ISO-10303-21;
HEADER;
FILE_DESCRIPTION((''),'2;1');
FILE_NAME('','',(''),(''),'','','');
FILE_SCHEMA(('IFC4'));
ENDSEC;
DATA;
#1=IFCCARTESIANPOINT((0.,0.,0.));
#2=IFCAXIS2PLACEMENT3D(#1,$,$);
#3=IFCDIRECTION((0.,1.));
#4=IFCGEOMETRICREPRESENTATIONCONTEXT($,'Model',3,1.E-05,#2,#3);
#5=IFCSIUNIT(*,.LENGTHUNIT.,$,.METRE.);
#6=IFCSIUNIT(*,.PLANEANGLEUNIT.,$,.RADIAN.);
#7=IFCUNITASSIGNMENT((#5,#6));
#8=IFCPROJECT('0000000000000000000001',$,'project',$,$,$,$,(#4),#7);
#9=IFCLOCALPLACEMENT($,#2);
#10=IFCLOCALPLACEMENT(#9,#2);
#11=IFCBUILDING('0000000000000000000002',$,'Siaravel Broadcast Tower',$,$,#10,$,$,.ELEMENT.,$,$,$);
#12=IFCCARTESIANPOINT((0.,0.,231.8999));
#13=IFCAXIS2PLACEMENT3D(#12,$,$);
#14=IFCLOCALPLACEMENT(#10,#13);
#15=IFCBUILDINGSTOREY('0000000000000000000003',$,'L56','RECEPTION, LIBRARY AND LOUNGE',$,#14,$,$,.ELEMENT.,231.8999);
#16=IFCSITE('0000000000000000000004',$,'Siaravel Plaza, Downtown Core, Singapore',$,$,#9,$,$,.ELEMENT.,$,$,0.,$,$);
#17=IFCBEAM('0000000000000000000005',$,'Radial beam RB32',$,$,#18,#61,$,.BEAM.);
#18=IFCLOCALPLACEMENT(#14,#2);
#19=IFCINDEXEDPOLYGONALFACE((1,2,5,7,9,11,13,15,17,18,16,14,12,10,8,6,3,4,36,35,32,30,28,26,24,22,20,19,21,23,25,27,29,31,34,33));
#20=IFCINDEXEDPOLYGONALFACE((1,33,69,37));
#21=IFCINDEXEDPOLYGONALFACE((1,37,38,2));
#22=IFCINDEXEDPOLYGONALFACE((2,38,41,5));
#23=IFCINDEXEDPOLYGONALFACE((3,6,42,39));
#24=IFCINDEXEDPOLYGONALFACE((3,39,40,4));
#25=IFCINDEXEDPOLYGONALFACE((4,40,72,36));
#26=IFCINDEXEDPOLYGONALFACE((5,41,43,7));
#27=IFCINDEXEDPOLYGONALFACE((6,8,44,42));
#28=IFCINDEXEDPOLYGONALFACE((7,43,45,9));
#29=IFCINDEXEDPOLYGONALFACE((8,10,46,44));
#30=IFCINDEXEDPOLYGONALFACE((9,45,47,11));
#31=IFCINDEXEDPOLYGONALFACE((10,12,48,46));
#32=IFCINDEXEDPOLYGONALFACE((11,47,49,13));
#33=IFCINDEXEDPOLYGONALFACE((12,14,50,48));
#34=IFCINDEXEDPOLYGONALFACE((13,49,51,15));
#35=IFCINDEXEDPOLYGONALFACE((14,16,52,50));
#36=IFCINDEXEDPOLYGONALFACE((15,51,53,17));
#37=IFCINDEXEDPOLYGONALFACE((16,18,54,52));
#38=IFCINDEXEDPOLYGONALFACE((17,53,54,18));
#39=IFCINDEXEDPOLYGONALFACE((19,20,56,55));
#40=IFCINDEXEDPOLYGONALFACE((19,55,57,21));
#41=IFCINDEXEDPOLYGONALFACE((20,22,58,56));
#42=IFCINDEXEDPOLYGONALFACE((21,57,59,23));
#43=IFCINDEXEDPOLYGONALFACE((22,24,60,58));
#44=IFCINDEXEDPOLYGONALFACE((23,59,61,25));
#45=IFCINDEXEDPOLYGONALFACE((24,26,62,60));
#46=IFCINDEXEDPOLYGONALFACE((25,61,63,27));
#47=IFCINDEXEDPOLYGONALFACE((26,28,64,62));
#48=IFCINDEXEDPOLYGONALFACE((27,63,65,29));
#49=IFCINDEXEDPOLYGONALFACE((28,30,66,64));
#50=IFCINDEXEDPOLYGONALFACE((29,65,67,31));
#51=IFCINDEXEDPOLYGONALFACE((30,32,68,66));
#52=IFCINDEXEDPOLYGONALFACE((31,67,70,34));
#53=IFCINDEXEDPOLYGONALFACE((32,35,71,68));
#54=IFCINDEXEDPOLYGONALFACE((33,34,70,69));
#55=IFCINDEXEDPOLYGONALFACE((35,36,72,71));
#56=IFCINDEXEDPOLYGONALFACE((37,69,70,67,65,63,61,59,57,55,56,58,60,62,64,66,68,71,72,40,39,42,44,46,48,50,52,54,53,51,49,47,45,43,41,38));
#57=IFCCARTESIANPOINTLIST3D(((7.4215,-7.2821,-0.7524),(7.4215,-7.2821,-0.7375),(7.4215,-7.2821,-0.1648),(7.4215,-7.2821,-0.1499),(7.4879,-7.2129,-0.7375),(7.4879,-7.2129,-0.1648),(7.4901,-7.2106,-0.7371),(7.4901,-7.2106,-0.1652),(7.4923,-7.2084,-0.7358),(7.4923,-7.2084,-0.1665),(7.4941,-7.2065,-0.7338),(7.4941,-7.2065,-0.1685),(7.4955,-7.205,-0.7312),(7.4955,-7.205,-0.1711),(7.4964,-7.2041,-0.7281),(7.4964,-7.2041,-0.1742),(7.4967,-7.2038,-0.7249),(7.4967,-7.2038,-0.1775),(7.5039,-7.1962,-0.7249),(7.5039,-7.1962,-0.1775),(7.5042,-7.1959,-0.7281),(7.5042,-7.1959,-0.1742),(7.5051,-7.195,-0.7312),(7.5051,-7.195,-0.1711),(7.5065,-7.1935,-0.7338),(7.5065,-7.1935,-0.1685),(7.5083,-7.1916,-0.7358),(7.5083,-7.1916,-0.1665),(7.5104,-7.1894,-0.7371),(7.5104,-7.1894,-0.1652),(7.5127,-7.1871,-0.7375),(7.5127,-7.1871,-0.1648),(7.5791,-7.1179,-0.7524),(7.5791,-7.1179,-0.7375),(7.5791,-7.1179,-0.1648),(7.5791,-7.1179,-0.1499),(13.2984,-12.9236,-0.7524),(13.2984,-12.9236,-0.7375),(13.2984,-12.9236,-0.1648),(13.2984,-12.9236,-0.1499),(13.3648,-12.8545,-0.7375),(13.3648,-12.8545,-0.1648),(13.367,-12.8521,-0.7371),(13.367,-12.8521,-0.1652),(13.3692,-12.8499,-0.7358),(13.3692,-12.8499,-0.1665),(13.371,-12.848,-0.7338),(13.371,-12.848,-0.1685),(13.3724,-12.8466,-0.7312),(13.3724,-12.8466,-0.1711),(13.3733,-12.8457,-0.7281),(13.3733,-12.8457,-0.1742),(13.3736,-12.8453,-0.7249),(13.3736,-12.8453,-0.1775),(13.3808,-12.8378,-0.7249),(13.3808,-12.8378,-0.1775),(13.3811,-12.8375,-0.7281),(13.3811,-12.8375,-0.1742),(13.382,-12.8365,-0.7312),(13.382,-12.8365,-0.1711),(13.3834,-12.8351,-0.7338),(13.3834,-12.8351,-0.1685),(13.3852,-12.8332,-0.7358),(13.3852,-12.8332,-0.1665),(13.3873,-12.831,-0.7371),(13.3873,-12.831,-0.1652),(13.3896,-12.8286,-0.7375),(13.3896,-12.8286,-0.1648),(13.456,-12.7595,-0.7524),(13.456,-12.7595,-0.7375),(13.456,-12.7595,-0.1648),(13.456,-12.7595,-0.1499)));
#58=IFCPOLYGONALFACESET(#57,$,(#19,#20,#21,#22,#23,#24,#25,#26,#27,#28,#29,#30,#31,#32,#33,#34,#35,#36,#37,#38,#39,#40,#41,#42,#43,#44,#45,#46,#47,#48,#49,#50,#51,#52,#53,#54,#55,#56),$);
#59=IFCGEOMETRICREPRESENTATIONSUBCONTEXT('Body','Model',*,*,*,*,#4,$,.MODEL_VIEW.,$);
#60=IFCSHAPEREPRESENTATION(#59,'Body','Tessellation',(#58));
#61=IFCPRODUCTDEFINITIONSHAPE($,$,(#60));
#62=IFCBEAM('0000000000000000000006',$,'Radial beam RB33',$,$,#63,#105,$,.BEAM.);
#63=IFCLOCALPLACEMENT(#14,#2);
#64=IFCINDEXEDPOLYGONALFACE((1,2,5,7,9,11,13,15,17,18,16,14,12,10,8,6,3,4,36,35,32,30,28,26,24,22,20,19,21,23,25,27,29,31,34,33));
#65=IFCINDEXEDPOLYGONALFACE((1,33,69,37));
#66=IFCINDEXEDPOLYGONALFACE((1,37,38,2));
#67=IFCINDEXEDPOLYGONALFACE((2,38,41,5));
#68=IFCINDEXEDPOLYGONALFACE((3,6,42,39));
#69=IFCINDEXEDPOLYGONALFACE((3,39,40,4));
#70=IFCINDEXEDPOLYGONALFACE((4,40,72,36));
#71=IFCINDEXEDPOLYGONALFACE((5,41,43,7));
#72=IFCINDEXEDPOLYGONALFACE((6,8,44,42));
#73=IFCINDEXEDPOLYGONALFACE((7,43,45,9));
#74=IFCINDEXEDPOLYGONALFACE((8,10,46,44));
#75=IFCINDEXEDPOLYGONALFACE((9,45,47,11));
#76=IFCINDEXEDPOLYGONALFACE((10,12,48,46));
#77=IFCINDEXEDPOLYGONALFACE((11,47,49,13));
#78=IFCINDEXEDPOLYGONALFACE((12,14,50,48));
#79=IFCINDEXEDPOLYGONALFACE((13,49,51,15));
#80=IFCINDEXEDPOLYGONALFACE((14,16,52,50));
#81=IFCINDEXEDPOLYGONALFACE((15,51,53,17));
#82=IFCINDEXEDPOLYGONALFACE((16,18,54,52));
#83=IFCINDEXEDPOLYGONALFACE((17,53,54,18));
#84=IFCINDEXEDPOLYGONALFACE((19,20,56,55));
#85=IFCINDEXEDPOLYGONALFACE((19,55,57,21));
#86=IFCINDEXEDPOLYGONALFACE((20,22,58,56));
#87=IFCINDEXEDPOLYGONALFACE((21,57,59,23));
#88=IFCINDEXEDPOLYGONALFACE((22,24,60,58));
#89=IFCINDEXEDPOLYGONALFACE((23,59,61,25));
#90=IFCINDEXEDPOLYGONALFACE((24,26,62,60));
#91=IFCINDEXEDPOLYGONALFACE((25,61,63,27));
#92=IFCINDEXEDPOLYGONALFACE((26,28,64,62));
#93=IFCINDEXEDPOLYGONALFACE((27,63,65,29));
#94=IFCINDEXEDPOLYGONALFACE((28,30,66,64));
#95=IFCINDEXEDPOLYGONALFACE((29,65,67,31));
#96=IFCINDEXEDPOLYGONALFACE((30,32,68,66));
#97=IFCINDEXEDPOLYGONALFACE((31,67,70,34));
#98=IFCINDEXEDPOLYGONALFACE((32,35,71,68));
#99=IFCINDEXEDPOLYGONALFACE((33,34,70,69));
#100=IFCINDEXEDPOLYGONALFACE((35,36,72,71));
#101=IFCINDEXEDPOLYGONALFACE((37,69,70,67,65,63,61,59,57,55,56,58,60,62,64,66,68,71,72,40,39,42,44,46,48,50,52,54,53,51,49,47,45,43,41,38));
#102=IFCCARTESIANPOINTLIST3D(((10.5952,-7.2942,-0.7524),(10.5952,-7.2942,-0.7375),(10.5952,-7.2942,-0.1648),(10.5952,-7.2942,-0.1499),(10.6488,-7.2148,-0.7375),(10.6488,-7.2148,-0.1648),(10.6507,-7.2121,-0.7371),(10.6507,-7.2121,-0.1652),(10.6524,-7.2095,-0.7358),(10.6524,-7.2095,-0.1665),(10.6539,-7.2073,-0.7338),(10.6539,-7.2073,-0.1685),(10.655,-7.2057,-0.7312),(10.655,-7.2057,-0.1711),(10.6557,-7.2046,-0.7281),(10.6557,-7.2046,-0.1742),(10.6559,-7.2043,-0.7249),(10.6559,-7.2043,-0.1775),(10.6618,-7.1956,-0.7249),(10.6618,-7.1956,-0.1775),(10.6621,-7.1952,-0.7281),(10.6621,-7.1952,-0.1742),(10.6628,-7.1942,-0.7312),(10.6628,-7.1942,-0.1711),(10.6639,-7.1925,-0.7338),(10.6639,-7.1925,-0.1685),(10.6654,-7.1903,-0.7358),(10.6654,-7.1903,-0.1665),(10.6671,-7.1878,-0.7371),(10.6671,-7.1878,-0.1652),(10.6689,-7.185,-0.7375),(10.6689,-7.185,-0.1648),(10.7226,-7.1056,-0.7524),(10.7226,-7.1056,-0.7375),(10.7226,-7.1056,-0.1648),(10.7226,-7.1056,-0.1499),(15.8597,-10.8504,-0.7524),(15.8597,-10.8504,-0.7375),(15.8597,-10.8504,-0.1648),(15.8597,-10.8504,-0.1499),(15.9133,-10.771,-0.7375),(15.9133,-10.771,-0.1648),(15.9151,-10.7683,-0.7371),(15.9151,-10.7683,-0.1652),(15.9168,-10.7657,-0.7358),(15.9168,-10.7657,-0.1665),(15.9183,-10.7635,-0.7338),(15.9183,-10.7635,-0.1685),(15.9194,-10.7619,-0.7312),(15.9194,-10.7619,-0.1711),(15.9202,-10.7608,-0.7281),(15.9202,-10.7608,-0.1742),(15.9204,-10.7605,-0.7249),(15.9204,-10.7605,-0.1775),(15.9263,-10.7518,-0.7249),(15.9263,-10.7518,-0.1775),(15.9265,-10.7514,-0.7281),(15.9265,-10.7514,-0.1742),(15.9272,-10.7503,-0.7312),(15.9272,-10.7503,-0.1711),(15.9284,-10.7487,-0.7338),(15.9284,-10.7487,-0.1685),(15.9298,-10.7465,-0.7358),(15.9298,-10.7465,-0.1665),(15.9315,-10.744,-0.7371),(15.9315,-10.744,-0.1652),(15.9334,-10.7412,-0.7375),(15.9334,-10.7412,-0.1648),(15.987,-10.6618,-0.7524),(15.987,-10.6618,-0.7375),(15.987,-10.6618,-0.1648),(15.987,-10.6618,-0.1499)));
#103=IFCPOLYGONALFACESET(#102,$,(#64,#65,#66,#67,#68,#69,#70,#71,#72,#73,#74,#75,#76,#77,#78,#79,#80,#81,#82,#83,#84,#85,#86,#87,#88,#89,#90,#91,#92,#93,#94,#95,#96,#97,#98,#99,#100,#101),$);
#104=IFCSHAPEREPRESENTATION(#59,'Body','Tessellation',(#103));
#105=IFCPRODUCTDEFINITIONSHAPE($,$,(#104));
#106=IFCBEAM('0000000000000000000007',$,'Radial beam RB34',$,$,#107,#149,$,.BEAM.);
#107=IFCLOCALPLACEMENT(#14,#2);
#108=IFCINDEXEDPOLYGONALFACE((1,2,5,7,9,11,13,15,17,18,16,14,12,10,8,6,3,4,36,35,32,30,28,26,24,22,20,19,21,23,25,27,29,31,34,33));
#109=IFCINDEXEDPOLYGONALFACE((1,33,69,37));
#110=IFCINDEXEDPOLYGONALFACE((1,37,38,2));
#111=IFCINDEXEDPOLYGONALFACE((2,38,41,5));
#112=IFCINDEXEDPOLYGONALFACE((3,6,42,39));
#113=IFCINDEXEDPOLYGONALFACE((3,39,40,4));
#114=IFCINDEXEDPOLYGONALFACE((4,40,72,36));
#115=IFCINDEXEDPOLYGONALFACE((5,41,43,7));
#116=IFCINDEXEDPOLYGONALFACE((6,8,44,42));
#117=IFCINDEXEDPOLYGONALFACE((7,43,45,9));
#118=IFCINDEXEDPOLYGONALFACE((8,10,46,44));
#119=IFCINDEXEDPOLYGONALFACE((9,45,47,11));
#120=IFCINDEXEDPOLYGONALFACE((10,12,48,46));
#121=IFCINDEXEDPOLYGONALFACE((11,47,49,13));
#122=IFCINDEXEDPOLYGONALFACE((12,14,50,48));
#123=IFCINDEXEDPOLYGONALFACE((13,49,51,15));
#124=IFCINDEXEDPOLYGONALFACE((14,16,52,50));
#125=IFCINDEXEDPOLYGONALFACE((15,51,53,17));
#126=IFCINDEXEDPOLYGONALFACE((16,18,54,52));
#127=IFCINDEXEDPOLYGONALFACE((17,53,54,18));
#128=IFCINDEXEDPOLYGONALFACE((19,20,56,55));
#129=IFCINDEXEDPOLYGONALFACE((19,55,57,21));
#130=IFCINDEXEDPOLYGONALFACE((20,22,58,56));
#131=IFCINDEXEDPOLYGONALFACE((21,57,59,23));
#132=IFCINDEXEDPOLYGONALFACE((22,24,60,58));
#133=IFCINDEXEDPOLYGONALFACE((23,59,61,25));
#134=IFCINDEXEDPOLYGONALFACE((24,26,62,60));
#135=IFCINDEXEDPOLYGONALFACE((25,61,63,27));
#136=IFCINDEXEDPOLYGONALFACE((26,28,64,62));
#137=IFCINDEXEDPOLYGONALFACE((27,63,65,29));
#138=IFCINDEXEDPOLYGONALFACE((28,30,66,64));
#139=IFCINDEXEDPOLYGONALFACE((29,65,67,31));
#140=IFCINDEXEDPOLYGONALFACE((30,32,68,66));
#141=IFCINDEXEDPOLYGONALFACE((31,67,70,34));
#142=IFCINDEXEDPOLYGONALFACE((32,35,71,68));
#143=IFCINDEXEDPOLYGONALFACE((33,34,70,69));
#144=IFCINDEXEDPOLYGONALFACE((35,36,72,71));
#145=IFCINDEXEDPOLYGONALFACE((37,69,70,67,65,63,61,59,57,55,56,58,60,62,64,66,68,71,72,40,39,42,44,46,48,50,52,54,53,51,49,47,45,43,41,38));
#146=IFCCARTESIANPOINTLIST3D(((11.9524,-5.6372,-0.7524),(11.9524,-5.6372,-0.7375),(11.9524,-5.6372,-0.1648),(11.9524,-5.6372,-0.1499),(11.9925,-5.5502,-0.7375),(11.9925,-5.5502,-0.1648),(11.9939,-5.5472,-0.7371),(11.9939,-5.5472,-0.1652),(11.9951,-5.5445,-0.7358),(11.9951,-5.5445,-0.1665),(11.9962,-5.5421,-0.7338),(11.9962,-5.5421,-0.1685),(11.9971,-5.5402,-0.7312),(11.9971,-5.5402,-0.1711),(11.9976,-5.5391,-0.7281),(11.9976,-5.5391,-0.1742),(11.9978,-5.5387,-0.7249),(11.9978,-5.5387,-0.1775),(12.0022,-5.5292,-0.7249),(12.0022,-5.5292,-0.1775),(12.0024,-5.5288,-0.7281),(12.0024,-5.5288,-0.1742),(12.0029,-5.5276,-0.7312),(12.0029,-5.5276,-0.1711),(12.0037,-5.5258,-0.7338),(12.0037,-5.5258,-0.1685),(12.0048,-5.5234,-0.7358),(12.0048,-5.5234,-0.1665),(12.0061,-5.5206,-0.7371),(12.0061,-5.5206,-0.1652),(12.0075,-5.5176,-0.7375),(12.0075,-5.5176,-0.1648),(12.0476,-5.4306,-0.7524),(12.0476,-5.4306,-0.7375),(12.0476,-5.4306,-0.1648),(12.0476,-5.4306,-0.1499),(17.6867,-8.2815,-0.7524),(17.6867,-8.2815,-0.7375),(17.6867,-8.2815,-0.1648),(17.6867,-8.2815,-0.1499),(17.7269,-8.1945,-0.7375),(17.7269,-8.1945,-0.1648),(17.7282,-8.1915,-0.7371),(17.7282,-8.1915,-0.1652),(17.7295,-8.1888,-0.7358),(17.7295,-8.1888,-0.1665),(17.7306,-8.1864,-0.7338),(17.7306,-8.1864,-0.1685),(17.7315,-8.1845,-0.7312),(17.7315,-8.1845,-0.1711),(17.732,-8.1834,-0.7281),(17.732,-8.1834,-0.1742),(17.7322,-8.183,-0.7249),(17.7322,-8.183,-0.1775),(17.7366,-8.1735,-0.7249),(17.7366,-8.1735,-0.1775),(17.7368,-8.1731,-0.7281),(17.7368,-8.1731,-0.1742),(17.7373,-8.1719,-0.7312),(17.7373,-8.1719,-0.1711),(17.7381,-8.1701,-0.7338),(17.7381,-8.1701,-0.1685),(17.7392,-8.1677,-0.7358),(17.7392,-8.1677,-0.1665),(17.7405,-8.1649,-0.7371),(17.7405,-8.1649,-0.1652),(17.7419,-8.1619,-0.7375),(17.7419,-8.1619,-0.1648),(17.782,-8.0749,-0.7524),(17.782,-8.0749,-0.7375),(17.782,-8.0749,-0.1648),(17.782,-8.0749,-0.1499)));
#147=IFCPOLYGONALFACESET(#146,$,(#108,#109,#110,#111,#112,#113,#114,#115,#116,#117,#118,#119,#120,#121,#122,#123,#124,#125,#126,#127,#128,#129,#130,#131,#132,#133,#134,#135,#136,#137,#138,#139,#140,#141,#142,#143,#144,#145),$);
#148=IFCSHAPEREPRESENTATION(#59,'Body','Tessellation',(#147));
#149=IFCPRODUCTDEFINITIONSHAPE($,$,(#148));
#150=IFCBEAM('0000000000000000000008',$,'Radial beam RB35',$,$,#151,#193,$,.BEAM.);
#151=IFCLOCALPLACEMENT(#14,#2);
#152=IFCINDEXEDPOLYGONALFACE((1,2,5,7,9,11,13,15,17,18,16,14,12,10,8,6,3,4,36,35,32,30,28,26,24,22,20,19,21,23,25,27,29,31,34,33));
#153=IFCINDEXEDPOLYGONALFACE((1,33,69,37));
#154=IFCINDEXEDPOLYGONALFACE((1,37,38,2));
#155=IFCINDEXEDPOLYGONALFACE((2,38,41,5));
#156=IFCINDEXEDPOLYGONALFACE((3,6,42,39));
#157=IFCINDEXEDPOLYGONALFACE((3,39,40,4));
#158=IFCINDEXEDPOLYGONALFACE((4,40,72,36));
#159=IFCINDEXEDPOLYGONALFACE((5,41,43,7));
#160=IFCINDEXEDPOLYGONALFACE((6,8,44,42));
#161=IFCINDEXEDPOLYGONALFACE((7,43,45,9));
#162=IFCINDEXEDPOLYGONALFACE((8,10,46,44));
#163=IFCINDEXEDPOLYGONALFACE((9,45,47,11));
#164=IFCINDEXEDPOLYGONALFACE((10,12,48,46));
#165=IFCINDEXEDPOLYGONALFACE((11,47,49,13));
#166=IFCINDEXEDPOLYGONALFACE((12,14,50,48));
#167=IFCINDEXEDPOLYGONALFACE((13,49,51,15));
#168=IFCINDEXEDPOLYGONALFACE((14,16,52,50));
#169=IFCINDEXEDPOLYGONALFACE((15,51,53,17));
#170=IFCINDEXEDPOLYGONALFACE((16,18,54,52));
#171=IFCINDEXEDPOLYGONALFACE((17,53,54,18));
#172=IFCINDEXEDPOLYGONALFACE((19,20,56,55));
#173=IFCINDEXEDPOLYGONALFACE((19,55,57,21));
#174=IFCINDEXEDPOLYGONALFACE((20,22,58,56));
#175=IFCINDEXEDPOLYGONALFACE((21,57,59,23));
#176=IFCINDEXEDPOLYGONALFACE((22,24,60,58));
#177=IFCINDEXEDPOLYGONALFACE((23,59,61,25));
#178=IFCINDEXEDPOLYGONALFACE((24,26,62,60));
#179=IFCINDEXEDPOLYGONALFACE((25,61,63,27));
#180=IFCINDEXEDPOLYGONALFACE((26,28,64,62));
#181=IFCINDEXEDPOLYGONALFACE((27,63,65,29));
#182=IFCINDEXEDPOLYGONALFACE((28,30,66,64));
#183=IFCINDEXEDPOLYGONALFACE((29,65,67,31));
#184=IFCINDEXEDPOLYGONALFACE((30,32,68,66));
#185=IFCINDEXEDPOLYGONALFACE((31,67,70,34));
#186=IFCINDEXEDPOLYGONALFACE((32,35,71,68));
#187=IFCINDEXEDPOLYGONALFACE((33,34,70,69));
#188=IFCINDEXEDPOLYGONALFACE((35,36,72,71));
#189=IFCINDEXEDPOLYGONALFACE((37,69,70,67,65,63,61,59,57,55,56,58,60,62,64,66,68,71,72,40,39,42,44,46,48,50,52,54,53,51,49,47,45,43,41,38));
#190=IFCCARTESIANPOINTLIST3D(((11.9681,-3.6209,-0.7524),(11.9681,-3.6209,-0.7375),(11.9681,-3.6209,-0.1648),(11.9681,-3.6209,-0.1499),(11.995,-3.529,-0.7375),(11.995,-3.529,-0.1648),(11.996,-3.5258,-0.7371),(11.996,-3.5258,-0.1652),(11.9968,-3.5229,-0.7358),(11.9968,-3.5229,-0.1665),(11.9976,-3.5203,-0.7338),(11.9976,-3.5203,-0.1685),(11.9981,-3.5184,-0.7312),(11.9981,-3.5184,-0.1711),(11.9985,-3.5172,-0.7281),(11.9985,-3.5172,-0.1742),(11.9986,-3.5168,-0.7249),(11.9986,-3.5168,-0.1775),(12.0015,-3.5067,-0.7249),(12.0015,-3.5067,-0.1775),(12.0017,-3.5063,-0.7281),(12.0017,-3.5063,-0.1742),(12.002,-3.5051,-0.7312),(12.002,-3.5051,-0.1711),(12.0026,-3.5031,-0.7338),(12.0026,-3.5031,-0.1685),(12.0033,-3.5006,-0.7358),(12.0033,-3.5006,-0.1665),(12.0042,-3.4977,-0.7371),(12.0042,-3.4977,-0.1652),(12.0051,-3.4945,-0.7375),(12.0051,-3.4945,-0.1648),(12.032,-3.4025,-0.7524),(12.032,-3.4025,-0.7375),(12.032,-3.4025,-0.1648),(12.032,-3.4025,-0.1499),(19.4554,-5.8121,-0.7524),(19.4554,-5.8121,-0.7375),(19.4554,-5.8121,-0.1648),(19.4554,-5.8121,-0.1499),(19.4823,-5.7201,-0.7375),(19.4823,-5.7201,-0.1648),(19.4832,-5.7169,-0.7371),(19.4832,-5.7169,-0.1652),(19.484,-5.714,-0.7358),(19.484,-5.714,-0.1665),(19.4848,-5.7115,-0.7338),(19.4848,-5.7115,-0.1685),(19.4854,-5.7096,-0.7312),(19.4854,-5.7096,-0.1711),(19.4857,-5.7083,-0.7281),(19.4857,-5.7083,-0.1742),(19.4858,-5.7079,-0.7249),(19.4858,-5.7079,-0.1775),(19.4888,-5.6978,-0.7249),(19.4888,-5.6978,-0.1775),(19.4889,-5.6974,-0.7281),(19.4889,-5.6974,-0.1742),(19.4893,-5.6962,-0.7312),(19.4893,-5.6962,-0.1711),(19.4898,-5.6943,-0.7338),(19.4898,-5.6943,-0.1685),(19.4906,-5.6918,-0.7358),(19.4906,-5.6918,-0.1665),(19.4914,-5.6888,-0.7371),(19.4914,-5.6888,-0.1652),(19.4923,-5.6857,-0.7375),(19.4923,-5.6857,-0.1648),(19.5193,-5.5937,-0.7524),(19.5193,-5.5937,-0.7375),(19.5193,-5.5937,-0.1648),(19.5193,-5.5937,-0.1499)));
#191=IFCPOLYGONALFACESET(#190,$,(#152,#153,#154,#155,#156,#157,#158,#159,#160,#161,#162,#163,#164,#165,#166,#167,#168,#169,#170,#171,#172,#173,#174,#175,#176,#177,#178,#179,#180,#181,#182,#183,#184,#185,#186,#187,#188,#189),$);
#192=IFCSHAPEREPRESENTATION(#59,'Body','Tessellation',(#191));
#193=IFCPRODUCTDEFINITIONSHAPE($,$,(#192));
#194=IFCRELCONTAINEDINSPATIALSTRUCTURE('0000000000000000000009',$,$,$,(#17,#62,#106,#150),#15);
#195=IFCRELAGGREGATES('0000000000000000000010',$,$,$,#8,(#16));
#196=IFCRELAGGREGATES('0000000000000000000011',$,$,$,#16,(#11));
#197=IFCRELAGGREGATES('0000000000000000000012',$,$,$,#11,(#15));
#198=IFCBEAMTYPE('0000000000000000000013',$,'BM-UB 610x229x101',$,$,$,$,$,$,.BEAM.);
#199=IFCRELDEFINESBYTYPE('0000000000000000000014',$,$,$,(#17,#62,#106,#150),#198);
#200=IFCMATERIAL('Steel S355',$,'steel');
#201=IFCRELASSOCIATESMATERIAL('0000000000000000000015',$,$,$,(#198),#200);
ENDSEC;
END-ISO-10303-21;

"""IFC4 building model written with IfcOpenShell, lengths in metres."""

from ifc_helpers import new_model, si_unit, direction, frame, origin, origin_2d, place, context, subcontext, project, spatial, i_section, extrude, material, material_profile, profile_set, type_object, element, save


model = new_model("IFC4")

# Units and contexts
model_context = context("Model", 3, precision=1e-05, world=origin(), true_north=direction((0.0, 1.0)))
body_context = subcontext(model_context, "Body", "Model", "MODEL_VIEW")
ifc_project = project(units=[si_unit("LENGTHUNIT", "METRE"), si_unit("PLANEANGLEUNIT", "RADIAN")], contexts=[model_context])

# Site, building, storey
site_placement = place(None, origin())
site = spatial("IfcSite", under=ifc_project, at=site_placement, Name="Siaravel Plaza, Downtown Core, Singapore", CompositionType="ELEMENT", RefElevation=0.0)
building_placement = place(site_placement, origin())
building = spatial("IfcBuilding", under=site, at=building_placement, Name="Siaravel Broadcast Tower", CompositionType="ELEMENT")
storey_placement = place(building_placement, frame((0.0, 0.0, 231.8999)))
storey = spatial("IfcBuildingStorey", under=building, at=storey_placement, Name="L56", Description="RECEPTION, LIBRARY AND LOUNGE", CompositionType="ELEMENT", Elevation=231.8999)

# Beams
ifc_material_1 = material(Name="Steel S355", Category="steel")
ifc_material_profile_1 = material_profile(ifc_material_1, i_section(OverallWidth=0.2275, OverallDepth=0.6025, WebThickness=0.0105, FlangeThickness=0.0149, FilletRadius=0.0127, at=origin_2d()))
ifc_profile_set_1 = profile_set([ifc_material_profile_1], Name="Steel S355")
beam_type = type_object("IfcBeamType", Name="BM-UB 610x229x101", PredefinedType="BEAM", material=ifc_profile_set_1)
beam_1_placement = place(storey_placement, frame((13.3772, -12.8416, -0.4512), z_axis=(-0.721404, 0.692514, 0.0), x_axis=(-0.692514, -0.721404, 0.0)))
element("IfcBeam", 1, at=beam_1_placement, inside=storey, type_object=beam_type, Name="Radial beam RB32", PredefinedType="BEAM", context=body_context, shape_type="SweptSolid", body=[
    extrude(i_section(OverallWidth=0.2275, OverallDepth=0.6025, WebThickness=0.0105, FlangeThickness=0.0149, FilletRadius=0.0127, at=origin_2d()), origin(), (0.0, 0.0, 1.0), 8.1465),
])
beam_2_placement = place(storey_placement, frame((15.9233, -10.7561, -0.4512), z_axis=(-0.828653, 0.559763, 0.0), x_axis=(-0.559763, -0.828653, 0.0)))
element("IfcBeam", 2, at=beam_2_placement, inside=storey, type_object=beam_type, Name="Radial beam RB33", PredefinedType="BEAM", context=body_context, shape_type="SweptSolid", body=[
    extrude(i_section(OverallWidth=0.2275, OverallDepth=0.6025, WebThickness=0.0105, FlangeThickness=0.0149, FilletRadius=0.0127, at=origin_2d()), origin(), (0.0, 0.0, 1.0), 6.353),
])
beam_3_placement = place(storey_placement, frame((17.7344, -8.1782, -0.4512), z_axis=(-0.908101, 0.418752, 0.0), x_axis=(-0.418752, -0.908101, 0.0)))
element("IfcBeam", 3, at=beam_3_placement, inside=storey, type_object=beam_type, Name="Radial beam RB34", PredefinedType="BEAM", context=body_context, shape_type="SweptSolid", body=[
    extrude(i_section(OverallWidth=0.2275, OverallDepth=0.6025, WebThickness=0.0105, FlangeThickness=0.0149, FilletRadius=0.0127, at=origin_2d()), origin(), (0.0, 0.0, 1.0), 6.3147),
])
beam_4_placement = place(storey_placement, frame((19.4873, -5.7029, -0.4512), z_axis=(-0.959746, 0.28087, 0.0), x_axis=(-0.28087, -0.959746, 0.0)))
element("IfcBeam", 4, at=beam_4_placement, inside=storey, type_object=beam_type, Name="Radial beam RB35", PredefinedType="BEAM", context=body_context, shape_type="SweptSolid", body=[
    extrude(i_section(OverallWidth=0.2275, OverallDepth=0.6025, WebThickness=0.0105, FlangeThickness=0.0149, FilletRadius=0.0127, at=origin_2d()), origin(), (0.0, 0.0, 1.0), 7.8013),
])

save(model, "model.ifc")
